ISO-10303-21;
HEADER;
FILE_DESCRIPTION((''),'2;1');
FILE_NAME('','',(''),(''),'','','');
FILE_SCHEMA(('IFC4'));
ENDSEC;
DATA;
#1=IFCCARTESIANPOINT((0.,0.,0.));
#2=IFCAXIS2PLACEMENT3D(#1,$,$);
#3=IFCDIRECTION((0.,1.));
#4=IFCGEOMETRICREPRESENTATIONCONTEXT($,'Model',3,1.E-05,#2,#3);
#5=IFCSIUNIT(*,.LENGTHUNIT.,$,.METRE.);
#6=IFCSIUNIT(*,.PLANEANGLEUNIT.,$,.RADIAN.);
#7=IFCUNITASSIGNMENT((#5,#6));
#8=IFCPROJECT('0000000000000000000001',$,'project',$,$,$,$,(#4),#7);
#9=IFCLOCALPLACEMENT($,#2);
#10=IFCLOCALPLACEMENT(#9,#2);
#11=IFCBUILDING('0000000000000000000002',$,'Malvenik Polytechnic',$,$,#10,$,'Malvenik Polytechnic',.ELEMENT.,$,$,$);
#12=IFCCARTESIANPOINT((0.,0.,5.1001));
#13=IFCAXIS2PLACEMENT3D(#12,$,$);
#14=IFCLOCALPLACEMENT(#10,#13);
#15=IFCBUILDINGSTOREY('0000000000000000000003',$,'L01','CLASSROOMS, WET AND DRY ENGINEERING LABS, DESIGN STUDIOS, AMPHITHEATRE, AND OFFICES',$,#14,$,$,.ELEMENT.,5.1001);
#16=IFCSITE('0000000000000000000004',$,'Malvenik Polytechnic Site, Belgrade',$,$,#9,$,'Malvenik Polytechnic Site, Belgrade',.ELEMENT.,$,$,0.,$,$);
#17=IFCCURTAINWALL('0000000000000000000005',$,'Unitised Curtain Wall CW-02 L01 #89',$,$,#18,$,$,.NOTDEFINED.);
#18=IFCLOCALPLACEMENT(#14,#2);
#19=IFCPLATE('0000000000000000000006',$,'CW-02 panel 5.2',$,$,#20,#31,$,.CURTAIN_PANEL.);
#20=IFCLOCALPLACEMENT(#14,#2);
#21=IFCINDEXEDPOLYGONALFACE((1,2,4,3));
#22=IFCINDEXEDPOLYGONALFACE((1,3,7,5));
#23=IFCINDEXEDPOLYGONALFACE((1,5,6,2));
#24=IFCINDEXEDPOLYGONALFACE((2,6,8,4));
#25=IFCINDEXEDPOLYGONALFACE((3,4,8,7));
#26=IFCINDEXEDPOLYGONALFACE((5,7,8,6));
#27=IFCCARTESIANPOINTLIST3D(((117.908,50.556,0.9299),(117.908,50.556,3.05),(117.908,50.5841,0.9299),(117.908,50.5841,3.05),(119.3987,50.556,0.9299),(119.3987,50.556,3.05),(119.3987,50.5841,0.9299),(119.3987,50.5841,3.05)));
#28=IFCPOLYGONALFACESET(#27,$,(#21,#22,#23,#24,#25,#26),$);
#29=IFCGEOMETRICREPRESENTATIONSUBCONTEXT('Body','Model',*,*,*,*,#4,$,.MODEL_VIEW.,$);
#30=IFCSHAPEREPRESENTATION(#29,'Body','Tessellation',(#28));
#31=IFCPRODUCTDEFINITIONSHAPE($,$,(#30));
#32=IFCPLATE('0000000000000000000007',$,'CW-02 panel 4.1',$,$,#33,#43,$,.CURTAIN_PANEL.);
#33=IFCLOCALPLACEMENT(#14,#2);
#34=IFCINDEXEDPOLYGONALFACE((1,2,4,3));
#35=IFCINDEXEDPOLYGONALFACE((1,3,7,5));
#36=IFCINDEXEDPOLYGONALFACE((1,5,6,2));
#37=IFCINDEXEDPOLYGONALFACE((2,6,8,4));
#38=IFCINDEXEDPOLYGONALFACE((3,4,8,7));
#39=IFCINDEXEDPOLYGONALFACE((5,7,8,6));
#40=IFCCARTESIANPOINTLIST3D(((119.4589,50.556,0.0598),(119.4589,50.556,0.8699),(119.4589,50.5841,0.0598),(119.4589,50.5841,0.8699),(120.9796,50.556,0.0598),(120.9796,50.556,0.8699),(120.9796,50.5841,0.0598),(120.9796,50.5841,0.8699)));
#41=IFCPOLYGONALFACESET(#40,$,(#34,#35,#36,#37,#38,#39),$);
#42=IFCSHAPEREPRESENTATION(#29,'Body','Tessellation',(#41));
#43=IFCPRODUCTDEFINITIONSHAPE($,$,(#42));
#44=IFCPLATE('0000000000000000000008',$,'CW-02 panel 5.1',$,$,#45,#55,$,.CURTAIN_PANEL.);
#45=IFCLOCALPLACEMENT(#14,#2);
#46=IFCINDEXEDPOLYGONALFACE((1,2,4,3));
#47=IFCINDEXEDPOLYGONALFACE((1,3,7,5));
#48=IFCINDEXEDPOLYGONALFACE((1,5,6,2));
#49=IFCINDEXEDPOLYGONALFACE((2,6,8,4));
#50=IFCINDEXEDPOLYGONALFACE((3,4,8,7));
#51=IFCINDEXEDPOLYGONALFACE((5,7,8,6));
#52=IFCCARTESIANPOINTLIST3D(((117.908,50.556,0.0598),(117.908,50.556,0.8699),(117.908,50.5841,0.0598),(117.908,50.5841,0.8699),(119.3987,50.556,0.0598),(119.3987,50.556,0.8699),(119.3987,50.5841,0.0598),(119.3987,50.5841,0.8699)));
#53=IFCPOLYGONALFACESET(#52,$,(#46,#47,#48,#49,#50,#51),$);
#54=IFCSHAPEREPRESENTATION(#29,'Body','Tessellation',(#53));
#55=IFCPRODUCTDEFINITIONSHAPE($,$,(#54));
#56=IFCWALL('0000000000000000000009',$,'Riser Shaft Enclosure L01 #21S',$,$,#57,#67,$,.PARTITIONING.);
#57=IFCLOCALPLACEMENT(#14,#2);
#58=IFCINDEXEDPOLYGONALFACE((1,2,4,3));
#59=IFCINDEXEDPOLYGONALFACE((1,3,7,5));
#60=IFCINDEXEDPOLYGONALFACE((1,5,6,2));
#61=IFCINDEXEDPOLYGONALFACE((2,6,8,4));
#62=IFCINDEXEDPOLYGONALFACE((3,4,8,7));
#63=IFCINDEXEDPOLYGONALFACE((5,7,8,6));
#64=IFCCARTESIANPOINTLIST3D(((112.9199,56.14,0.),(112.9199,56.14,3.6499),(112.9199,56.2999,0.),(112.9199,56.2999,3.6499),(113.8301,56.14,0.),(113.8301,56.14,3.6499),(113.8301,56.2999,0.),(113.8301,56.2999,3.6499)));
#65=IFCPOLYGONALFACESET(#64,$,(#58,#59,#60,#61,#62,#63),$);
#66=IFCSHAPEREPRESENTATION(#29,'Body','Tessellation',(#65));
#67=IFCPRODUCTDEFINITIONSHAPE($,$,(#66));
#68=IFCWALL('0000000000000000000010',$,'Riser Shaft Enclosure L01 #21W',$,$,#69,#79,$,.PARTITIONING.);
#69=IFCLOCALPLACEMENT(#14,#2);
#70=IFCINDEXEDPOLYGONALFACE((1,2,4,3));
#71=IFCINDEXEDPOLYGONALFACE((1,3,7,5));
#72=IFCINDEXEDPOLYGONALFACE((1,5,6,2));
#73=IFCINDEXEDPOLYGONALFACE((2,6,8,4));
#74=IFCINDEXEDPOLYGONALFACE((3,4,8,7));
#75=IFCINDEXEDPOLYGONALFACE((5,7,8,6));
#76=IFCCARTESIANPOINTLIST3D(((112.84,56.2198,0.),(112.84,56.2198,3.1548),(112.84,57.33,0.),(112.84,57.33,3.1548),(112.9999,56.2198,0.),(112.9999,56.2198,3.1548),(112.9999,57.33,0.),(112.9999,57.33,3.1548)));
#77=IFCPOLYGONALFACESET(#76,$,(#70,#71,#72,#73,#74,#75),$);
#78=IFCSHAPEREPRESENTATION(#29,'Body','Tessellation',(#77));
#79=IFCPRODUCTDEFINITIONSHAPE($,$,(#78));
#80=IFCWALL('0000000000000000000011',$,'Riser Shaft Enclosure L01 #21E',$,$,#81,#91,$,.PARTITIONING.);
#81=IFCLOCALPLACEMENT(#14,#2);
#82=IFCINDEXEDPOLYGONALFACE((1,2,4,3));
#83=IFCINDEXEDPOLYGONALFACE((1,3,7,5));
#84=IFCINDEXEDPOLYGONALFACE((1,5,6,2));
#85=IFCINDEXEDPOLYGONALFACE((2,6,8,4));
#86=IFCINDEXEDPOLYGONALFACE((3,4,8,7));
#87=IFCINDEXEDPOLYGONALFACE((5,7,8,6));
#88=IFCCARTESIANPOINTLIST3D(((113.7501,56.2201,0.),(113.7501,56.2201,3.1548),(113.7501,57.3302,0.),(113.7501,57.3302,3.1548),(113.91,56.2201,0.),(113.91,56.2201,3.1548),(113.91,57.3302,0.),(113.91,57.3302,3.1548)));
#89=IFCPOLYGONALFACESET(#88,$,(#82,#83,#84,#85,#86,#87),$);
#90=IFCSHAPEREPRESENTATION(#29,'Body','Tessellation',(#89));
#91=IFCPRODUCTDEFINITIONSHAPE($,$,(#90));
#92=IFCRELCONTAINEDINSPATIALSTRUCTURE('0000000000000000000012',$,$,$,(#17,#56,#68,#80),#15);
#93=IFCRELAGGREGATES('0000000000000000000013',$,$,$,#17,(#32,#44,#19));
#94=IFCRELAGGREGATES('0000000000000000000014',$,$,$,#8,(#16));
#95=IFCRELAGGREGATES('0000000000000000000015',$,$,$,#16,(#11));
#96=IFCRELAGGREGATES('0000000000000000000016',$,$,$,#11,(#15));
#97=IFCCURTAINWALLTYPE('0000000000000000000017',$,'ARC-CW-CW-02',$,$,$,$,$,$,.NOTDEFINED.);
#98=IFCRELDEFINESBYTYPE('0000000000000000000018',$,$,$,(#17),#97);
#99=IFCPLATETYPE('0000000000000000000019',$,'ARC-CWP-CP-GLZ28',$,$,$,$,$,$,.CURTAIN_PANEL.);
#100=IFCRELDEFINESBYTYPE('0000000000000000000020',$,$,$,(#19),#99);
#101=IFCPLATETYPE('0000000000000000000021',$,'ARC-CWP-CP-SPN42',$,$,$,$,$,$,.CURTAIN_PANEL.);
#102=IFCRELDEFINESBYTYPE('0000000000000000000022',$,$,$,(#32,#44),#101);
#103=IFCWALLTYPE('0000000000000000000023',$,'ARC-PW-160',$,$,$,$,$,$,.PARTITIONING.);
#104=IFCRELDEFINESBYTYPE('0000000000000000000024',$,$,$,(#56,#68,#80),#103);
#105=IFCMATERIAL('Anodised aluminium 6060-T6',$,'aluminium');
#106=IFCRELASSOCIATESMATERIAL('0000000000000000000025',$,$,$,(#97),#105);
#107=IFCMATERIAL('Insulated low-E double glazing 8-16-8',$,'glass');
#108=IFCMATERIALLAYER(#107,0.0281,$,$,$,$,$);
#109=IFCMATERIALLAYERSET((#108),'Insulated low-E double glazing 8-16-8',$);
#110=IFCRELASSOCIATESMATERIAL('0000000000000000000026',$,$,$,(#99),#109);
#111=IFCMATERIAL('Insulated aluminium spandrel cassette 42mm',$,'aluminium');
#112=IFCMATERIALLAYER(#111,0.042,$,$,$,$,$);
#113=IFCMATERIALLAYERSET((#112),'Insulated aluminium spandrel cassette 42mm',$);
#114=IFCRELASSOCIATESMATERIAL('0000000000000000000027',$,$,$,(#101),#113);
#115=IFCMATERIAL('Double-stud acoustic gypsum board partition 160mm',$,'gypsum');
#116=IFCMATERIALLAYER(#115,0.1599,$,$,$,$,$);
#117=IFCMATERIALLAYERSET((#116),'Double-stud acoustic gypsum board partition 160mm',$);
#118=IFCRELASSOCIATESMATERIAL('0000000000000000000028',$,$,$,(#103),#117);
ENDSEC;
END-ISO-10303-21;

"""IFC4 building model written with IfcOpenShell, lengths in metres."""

from ifc_helpers import new_model, si_unit, direction, frame, frame_2d, origin, origin_2d, place, context, subcontext, project, spatial, rectangle, extrude, material, layer, layer_set, type_object, element, aggregate, save


model = new_model("IFC4")

# Units and contexts
model_context = context("Model", 3, precision=1e-05, world=origin(), true_north=direction((0.0, 1.0)))
body_context = subcontext(model_context, "Body", "Model", "MODEL_VIEW")
ifc_project = project(units=[si_unit("LENGTHUNIT", "METRE"), si_unit("PLANEANGLEUNIT", "RADIAN")], contexts=[model_context])

# Site, building, storey
site_placement = place(None, origin())
site = spatial("IfcSite", under=ifc_project, at=site_placement, Name="Malvenik Polytechnic Site, Belgrade", LongName="Malvenik Polytechnic Site, Belgrade", CompositionType="ELEMENT", RefElevation=0.0)
building_placement = place(site_placement, origin())
building = spatial("IfcBuilding", under=site, at=building_placement, Name="Malvenik Polytechnic", LongName="Malvenik Polytechnic", CompositionType="ELEMENT")
storey_placement = place(building_placement, frame((0.0, 0.0, 5.1001)))
storey = spatial("IfcBuildingStorey", under=building, at=storey_placement, Name="L01", Description="CLASSROOMS, WET AND DRY ENGINEERING LABS, DESIGN STUDIOS, AMPHITHEATRE, AND OFFICES", CompositionType="ELEMENT", Elevation=5.1001)

# Curtain wall
ifc_material_1 = material(Name="Anodised aluminium 6060-T6", Category="aluminium")
curtain_wall_type = type_object("IfcCurtainWallType", Name="ARC-CW-CW-02", PredefinedType="NOTDEFINED", material=ifc_material_1)
curtain_wall_1_placement = place(storey_placement, origin())
curtain_wall_1 = element("IfcCurtainWall", 1, at=curtain_wall_1_placement, inside=storey, type_object=curtain_wall_type, Name="Unitised Curtain Wall CW-02 L01 #89", PredefinedType="NOTDEFINED")

# Plates
ifc_material_2 = material(Name="Insulated low-E double glazing 8-16-8", Category="glass")
ifc_layer_1 = layer(ifc_material_2, 0.0281)
ifc_layer_set_1 = layer_set([ifc_layer_1], Name="Insulated low-E double glazing 8-16-8")
plate_type_1 = type_object("IfcPlateType", Name="ARC-CWP-CP-GLZ28", PredefinedType="CURTAIN_PANEL", material=ifc_layer_set_1)
plate_1_placement = place(storey_placement, frame((118.6533, 50.5701, 0.9299), z_axis=(0.0, 0.0, 1.0), x_axis=(-1.0, 0.0, 0.0)))
plate_1 = element("IfcPlate", 2, at=plate_1_placement, type_object=plate_type_1, Name="CW-02 panel 5.2", PredefinedType="CURTAIN_PANEL", context=body_context, shape_type="SweptSolid", body=[
    extrude(rectangle(XDim=1.4907, YDim=0.0281, at=origin_2d()), origin(), (0.0, 0.0, 1.0), 2.1201),
])
ifc_material_3 = material(Name="Insulated aluminium spandrel cassette 42mm", Category="aluminium")
ifc_layer_2 = layer(ifc_material_3, 0.042)
ifc_layer_set_2 = layer_set([ifc_layer_2], Name="Insulated aluminium spandrel cassette 42mm")
plate_type_2 = type_object("IfcPlateType", Name="ARC-CWP-CP-SPN42", PredefinedType="CURTAIN_PANEL", material=ifc_layer_set_2)
plate_2_placement = place(storey_placement, frame((120.2192, 50.5701, 0.0598), z_axis=(0.0, 0.0, 1.0), x_axis=(-1.0, 0.0, 0.0)))
plate_2 = element("IfcPlate", 3, at=plate_2_placement, type_object=plate_type_2, Name="CW-02 panel 4.1", PredefinedType="CURTAIN_PANEL", context=body_context, shape_type="SweptSolid", body=[
    extrude(rectangle(XDim=1.5208, YDim=0.0281, at=origin_2d()), origin(), (0.0, 0.0, 1.0), 0.8101),
])
plate_3_placement = place(storey_placement, frame((118.6533, 50.5701, 0.0598), z_axis=(0.0, 0.0, 1.0), x_axis=(-1.0, 0.0, 0.0)))
plate_3 = element("IfcPlate", 4, at=plate_3_placement, type_object=plate_type_2, Name="CW-02 panel 5.1", PredefinedType="CURTAIN_PANEL", context=body_context, shape_type="SweptSolid", body=[
    extrude(rectangle(XDim=1.4907, YDim=0.0281, at=origin_2d()), origin(), (0.0, 0.0, 1.0), 0.8101),
])
aggregate(curtain_wall_1, [plate_2, plate_3, plate_1])

# Walls
ifc_material_4 = material(Name="Double-stud acoustic gypsum board partition 160mm", Category="gypsum")
ifc_layer_3 = layer(ifc_material_4, 0.1599)
ifc_layer_set_3 = layer_set([ifc_layer_3], Name="Double-stud acoustic gypsum board partition 160mm")
wall_type = type_object("IfcWallType", Name="ARC-PW-160", PredefinedType="PARTITIONING", material=ifc_layer_set_3)
wall_placement = place(storey_placement, frame((112.9199, 56.22, 0.0), z_axis=(0.0, 0.0, 1.0), x_axis=(1.0, 0.0, 0.0)))
element("IfcWall", 5, at=wall_placement, inside=storey, type_object=wall_type, Name="Riser Shaft Enclosure L01 #21S", PredefinedType="PARTITIONING", context=body_context, shape_type="SweptSolid", body=[
    extrude(rectangle(XDim=0.9102, YDim=0.1599, at=frame_2d((0.4551, 0.0))), origin(), (0.0, 0.0, 1.0), 3.6499),
])
for number, where, z_axis, x_axis, name in (
    (6, (112.9199, 57.3301, 0.0), (0.0, 0.0, 1.0), (0.0, -1.0, 0.0), "Riser Shaft Enclosure L01 #21W"),
    (7, (113.8301, 56.22, 0.0), (0.0, 0.0, 1.0), (0.0, 1.0, 0.0), "Riser Shaft Enclosure L01 #21E"),
):
    element("IfcWall", number, at=place(storey_placement, frame(where, z_axis=z_axis, x_axis=x_axis)), inside=storey, type_object=wall_type, Name=name, PredefinedType="PARTITIONING", context=body_context, shape_type="SweptSolid", body=[
        extrude(rectangle(XDim=1.1101, YDim=0.1599, at=frame_2d((0.5552, 0.0))), origin(), (0.0, 0.0, 1.0), 3.1548),
    ])

save(model, "model.ifc")
